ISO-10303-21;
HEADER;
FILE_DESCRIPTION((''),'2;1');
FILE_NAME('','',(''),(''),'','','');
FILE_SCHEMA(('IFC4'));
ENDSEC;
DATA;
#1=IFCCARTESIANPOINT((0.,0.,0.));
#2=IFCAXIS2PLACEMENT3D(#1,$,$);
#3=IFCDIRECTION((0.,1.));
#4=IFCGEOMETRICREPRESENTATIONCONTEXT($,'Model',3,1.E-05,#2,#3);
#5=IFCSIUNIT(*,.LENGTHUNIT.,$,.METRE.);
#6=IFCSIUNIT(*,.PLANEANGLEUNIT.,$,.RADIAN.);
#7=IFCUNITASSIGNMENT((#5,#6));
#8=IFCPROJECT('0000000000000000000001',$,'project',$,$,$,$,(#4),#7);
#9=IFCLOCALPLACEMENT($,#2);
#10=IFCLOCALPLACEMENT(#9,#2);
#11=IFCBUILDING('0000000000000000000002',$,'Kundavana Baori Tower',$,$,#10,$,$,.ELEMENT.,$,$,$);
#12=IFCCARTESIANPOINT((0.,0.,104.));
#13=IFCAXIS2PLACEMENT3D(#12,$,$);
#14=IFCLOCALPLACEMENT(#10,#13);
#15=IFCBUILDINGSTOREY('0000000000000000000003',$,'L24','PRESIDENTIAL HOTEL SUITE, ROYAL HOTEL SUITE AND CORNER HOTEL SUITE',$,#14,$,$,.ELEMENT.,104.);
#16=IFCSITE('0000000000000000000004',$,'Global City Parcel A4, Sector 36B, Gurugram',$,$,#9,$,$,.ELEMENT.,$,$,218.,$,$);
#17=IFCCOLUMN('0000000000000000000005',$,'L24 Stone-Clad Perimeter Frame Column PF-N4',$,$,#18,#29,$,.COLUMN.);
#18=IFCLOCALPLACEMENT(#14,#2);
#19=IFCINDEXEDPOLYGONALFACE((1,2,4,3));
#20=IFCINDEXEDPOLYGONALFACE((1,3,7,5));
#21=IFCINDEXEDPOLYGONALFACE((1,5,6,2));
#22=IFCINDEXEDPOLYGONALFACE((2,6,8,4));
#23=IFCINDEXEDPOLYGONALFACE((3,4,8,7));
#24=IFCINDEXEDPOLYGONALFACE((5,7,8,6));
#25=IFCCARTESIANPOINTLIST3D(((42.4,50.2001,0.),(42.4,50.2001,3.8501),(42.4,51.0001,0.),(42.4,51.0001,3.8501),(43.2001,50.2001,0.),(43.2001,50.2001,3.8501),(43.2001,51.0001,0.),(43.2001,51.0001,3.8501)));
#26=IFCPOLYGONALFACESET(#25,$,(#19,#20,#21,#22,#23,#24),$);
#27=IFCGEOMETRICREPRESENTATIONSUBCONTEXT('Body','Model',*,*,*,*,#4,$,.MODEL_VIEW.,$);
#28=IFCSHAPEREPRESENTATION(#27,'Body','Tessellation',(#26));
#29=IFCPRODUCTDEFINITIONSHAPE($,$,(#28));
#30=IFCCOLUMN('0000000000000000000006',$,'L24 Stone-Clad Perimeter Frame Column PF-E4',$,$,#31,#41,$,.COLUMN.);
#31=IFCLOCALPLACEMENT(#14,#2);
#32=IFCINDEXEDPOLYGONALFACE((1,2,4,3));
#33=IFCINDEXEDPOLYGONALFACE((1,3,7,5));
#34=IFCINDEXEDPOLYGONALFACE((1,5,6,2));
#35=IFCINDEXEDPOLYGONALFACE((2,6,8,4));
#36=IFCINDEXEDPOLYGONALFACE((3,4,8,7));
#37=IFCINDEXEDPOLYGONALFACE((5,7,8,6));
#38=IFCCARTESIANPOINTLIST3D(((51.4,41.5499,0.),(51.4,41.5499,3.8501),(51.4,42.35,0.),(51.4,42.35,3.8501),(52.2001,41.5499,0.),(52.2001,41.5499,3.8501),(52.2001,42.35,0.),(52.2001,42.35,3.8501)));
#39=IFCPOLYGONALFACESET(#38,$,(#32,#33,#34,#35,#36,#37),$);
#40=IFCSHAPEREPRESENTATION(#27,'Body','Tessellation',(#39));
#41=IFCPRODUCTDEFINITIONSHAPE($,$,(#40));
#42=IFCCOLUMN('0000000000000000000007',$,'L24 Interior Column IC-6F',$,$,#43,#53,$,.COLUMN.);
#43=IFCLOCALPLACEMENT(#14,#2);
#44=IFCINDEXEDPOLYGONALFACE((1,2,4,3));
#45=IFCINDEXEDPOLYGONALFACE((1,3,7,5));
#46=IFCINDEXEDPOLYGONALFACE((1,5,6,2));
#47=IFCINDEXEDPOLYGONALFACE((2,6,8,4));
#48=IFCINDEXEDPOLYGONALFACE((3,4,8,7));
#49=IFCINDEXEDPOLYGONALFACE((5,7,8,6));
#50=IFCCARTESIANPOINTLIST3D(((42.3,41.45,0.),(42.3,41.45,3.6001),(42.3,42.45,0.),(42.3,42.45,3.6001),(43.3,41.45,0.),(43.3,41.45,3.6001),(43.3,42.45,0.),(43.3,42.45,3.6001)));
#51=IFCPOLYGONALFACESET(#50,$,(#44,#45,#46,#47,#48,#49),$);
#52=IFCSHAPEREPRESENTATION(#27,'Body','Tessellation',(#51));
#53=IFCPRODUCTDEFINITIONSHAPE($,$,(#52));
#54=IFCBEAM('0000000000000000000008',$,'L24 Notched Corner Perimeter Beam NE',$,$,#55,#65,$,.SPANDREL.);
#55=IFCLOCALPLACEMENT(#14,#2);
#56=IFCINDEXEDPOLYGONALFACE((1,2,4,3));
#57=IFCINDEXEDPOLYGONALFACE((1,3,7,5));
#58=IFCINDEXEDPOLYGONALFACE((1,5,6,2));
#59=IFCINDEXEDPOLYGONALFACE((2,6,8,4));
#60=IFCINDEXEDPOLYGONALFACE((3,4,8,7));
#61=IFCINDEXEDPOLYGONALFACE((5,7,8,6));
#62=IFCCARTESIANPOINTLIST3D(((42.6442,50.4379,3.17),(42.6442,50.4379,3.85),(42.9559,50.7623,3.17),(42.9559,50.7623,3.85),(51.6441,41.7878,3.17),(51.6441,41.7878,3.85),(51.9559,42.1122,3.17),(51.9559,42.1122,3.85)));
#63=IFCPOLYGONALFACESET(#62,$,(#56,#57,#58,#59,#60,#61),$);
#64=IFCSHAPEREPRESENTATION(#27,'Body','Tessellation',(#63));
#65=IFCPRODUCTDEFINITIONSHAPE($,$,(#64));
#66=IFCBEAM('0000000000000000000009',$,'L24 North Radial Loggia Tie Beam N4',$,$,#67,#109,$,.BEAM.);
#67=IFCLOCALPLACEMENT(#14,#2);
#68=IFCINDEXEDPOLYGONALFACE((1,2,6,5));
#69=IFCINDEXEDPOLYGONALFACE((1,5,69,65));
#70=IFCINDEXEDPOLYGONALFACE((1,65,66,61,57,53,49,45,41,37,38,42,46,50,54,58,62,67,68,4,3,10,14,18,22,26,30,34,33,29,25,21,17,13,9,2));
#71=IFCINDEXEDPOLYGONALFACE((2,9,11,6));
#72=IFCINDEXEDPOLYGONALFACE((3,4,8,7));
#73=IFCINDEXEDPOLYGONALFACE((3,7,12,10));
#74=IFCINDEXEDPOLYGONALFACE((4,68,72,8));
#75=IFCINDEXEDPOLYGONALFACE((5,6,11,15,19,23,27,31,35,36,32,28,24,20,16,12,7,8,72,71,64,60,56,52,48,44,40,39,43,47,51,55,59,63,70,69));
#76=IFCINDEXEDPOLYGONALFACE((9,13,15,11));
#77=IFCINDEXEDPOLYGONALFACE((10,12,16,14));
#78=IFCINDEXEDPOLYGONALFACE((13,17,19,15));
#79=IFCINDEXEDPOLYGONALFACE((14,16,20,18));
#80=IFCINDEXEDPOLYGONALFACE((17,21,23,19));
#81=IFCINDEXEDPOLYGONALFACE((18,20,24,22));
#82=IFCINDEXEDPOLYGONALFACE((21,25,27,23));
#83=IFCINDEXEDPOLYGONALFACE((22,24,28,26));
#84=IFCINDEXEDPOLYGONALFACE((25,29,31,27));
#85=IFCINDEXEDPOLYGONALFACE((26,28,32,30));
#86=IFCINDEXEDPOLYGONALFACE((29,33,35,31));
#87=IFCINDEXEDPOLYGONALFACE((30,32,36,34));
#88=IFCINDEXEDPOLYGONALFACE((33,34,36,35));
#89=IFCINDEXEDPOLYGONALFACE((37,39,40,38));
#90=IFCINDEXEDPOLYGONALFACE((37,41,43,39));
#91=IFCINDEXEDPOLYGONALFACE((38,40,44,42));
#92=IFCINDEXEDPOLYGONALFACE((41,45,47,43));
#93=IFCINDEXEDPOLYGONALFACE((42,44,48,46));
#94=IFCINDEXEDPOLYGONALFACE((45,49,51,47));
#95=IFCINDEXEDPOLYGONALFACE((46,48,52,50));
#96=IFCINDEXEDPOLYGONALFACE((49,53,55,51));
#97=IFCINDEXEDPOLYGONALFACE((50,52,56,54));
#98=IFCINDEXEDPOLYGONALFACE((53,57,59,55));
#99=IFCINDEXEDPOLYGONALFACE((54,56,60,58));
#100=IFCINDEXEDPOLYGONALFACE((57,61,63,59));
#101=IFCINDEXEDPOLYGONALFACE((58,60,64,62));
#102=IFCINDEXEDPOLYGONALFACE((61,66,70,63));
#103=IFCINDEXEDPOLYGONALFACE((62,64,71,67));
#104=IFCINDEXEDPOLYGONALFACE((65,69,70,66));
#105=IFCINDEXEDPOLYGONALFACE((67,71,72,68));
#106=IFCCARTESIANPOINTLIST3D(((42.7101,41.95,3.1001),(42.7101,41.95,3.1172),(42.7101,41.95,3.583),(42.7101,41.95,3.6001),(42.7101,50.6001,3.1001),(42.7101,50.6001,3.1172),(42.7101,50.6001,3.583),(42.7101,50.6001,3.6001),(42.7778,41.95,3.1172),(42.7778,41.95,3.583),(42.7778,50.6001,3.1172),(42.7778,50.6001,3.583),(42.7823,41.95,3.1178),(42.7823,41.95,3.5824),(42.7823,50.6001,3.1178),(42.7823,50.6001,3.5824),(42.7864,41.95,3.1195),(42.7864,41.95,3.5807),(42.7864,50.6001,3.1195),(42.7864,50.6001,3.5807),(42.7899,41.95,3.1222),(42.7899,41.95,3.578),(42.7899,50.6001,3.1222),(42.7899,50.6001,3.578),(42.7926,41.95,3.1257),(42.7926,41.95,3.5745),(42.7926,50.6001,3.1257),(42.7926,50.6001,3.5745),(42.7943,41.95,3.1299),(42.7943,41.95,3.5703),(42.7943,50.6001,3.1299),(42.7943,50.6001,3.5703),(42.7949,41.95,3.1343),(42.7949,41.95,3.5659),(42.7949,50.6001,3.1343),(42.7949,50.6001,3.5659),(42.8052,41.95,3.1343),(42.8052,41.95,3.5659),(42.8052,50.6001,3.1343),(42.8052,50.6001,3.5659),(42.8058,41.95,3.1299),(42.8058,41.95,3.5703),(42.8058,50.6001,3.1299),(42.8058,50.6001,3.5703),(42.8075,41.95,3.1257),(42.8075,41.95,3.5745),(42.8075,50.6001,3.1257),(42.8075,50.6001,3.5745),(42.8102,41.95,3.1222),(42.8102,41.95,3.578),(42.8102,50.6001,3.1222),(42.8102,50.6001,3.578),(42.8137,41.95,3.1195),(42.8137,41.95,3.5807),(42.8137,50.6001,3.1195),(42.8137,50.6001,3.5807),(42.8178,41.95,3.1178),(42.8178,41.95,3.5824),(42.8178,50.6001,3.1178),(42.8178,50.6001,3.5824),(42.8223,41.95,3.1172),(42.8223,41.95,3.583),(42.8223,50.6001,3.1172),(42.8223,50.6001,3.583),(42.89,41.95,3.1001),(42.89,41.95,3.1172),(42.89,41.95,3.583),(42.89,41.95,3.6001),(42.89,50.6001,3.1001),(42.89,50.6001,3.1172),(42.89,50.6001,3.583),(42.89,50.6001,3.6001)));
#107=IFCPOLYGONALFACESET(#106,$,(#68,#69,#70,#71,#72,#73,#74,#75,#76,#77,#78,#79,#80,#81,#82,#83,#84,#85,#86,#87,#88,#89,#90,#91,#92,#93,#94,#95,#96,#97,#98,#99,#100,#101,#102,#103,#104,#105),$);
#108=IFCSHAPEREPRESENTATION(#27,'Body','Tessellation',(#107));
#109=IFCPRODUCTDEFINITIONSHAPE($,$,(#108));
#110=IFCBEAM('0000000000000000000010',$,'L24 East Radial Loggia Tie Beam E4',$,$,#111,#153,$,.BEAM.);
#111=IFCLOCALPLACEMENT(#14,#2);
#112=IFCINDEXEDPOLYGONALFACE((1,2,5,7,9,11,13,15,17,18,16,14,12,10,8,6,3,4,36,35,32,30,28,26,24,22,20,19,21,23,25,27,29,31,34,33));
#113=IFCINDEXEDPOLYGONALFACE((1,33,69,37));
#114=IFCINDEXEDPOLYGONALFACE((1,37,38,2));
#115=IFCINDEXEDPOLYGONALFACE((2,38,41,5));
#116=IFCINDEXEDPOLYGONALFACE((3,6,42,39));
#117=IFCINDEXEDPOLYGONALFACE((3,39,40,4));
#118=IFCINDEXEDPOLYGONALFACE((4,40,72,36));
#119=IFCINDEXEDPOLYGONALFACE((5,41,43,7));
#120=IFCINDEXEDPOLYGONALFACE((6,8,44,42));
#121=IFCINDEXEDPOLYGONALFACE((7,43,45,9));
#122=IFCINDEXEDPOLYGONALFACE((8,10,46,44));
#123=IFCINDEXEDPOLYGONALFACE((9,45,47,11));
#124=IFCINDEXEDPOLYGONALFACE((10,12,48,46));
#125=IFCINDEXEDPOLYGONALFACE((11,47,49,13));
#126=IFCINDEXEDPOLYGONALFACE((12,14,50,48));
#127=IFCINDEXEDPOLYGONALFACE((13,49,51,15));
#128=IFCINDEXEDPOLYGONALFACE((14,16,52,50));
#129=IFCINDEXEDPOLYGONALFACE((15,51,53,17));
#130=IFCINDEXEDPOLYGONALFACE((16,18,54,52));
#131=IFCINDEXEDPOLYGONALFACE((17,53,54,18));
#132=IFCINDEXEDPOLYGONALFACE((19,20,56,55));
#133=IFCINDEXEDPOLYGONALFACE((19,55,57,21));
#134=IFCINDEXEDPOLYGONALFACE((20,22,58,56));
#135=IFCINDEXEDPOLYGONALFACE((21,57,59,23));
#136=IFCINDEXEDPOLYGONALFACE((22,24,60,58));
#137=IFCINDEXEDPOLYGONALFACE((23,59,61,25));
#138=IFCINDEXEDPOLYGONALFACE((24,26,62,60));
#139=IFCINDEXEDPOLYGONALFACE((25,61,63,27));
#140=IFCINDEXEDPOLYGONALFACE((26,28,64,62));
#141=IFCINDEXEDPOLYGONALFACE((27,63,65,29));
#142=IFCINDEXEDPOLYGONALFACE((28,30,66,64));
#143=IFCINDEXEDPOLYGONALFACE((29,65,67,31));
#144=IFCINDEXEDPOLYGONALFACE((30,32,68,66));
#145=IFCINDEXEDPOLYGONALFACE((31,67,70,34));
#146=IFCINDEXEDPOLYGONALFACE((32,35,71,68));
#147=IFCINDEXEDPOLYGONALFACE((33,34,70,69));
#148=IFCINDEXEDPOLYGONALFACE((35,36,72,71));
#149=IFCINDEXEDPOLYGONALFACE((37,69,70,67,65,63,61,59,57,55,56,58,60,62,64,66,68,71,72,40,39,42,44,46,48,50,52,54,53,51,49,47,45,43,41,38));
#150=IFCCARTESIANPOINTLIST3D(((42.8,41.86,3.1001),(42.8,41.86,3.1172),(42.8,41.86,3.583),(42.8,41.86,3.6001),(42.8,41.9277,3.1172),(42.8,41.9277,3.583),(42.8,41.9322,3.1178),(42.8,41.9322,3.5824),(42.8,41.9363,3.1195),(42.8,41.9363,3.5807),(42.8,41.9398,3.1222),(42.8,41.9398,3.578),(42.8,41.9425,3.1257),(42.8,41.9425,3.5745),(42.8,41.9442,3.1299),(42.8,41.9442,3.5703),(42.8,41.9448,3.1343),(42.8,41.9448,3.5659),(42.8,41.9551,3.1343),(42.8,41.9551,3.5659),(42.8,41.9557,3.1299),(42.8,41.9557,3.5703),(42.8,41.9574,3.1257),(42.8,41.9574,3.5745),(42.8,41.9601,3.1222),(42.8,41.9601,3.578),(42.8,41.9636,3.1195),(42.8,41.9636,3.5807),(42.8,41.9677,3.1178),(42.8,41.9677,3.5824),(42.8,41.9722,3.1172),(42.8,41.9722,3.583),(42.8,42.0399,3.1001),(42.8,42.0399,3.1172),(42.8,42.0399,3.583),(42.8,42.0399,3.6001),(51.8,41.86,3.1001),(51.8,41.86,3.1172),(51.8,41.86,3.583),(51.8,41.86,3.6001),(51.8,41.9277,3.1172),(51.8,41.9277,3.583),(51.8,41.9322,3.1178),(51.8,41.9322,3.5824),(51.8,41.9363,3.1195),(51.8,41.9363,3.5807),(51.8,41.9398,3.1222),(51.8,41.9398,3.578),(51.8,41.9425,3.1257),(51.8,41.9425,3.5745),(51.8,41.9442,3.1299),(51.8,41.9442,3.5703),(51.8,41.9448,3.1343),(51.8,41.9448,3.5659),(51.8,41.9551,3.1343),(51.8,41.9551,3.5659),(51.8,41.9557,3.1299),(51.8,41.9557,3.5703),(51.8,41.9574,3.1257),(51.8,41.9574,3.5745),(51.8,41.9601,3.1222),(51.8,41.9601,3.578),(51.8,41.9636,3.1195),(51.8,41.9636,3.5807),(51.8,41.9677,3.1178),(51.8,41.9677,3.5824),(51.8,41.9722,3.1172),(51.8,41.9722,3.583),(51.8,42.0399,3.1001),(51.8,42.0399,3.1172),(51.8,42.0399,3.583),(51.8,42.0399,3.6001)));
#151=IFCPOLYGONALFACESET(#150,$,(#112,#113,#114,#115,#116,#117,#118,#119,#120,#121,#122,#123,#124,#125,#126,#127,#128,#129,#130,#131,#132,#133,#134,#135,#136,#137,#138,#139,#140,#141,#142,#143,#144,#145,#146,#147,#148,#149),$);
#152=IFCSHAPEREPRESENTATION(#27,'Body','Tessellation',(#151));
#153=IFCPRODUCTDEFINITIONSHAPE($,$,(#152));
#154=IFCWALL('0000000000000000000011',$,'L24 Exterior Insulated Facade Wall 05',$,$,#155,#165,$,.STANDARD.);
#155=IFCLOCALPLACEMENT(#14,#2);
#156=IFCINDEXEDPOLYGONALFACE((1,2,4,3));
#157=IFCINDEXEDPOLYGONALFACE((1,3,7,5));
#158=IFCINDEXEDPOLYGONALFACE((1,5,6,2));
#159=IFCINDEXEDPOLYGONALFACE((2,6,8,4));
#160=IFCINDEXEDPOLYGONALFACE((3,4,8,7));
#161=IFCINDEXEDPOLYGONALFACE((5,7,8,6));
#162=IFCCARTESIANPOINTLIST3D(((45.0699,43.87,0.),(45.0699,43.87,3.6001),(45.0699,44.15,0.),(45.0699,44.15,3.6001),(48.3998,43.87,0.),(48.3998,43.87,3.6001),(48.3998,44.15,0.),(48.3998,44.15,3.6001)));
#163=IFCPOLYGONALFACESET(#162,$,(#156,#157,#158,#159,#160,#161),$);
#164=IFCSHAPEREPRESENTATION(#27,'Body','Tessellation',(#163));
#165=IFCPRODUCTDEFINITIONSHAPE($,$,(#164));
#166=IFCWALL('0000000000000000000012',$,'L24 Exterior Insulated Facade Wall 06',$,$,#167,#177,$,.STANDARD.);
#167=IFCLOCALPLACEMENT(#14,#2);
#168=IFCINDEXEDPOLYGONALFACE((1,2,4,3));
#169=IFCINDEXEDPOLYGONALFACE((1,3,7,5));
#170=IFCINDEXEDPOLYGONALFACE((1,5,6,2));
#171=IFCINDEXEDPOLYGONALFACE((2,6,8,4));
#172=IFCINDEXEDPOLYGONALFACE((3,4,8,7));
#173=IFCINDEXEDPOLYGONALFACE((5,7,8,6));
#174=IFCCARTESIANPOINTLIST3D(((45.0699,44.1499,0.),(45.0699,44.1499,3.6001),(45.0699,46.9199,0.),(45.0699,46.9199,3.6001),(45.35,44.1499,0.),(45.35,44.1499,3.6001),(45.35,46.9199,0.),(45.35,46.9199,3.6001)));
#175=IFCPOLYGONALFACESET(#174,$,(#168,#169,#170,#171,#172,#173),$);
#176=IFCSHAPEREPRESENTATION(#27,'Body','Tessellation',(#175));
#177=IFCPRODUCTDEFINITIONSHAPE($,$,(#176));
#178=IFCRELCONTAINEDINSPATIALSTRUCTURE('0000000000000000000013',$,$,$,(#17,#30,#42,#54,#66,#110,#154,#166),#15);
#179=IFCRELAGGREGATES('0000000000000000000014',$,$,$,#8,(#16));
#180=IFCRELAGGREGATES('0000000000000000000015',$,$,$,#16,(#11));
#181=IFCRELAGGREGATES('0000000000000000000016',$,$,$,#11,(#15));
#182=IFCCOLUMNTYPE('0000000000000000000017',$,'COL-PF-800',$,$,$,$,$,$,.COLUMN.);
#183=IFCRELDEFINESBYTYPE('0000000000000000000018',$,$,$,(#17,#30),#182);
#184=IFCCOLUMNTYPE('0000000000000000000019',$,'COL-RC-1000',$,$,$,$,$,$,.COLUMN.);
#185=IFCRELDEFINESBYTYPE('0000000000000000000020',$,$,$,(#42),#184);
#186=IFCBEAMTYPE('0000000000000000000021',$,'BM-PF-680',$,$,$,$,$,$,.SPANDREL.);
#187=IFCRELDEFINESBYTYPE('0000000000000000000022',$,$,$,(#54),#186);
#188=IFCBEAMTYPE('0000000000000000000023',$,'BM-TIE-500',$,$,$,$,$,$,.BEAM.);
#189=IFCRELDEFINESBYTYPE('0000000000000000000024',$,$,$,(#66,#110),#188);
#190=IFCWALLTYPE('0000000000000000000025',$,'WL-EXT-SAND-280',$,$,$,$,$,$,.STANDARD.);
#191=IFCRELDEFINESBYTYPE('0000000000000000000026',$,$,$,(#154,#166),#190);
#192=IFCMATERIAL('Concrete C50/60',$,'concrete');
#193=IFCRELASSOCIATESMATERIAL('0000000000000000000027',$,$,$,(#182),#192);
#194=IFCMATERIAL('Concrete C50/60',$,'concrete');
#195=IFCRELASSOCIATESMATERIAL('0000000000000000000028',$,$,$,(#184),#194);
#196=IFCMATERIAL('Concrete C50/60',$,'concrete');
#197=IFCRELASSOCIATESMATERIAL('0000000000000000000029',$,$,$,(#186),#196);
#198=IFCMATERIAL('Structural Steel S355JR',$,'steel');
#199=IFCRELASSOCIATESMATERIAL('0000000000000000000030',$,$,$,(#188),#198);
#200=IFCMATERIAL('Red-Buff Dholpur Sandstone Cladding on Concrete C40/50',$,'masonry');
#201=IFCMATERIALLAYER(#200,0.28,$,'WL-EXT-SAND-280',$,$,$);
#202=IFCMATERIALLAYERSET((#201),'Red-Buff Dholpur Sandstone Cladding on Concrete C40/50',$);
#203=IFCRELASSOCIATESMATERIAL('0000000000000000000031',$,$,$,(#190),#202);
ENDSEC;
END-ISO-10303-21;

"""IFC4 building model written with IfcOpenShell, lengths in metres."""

from ifc_helpers import new_model, si_unit, direction, frame, frame_2d, origin, origin_2d, place, context, subcontext, project, spatial, rectangle, i_section, extrude, material, layer, layer_set, material_profile, profile_set, type_object, element, save


model = new_model("IFC4")

# Units and contexts
model_context = context("Model", 3, precision=1e-05, world=origin(), true_north=direction((0.0, 1.0)))
body_context = subcontext(model_context, "Body", "Model", "MODEL_VIEW")
ifc_project = project(units=[si_unit("LENGTHUNIT", "METRE"), si_unit("PLANEANGLEUNIT", "RADIAN")], contexts=[model_context])

# Site, building, storey
site_placement = place(None, origin())
site = spatial("IfcSite", under=ifc_project, at=site_placement, Name="Global City Parcel A4, Sector 36B, Gurugram", CompositionType="ELEMENT", RefElevation=218.0)
building_placement = place(site_placement, origin())
building = spatial("IfcBuilding", under=site, at=building_placement, Name="Kundavana Baori Tower", CompositionType="ELEMENT")
storey_placement = place(building_placement, frame((0.0, 0.0, 104.0)))
storey = spatial("IfcBuildingStorey", under=building, at=storey_placement, Name="L24", Description="PRESIDENTIAL HOTEL SUITE, ROYAL HOTEL SUITE AND CORNER HOTEL SUITE", CompositionType="ELEMENT", Elevation=104.0)

# Columns
ifc_material_1 = material(Name="Concrete C50/60", Category="concrete")
ifc_material_profile_1 = material_profile(ifc_material_1, rectangle(XDim=0.8, YDim=0.8, at=origin_2d()), Name="RC PF 800x800")
ifc_profile_set_1 = profile_set([ifc_material_profile_1], Name="Concrete C50/60")
column_type_1 = type_object("IfcColumnType", Name="COL-PF-800", PredefinedType="COLUMN", material=ifc_profile_set_1)
for number, where, z_axis, x_axis, name in (
    (1, (42.8, 50.6001, 0.0), (0.0, 0.0, 1.0), (1.0, 0.0, 0.0), "L24 Stone-Clad Perimeter Frame Column PF-N4"),
    (2, (51.8, 41.95, 0.0), (0.0, 0.0, 1.0), (1.0, 0.0, 0.0), "L24 Stone-Clad Perimeter Frame Column PF-E4"),
):
    element("IfcColumn", number, at=place(storey_placement, frame(where, z_axis=z_axis, x_axis=x_axis)), inside=storey, type_object=column_type_1, Name=name, PredefinedType="COLUMN", context=body_context, shape_type="SweptSolid", body=[
        extrude(rectangle(XDim=0.8, YDim=0.8, at=origin_2d()), origin(), (0.0, 0.0, 1.0), 3.8501),
    ])
ifc_material_2 = material(Name="Concrete C50/60", Category="concrete")
ifc_material_profile_2 = material_profile(ifc_material_2, rectangle(XDim=1.0, YDim=1.0, at=origin_2d()), Name="RC 1000x1000")
ifc_profile_set_2 = profile_set([ifc_material_profile_2], Name="Concrete C50/60")
column_type_2 = type_object("IfcColumnType", Name="COL-RC-1000", PredefinedType="COLUMN", material=ifc_profile_set_2)
column_placement = place(storey_placement, frame((42.8, 41.95, 0.0), z_axis=(0.0, 0.0, 1.0), x_axis=(1.0, 0.0, 0.0)))
element("IfcColumn", 3, at=column_placement, inside=storey, type_object=column_type_2, Name="L24 Interior Column IC-6F", PredefinedType="COLUMN", context=body_context, shape_type="SweptSolid", body=[
    extrude(rectangle(XDim=1.0, YDim=1.0, at=origin_2d()), origin(), (0.0, 0.0, 1.0), 3.6001),
])

# Beams
ifc_material_3 = material(Name="Concrete C50/60", Category="concrete")
ifc_material_profile_3 = material_profile(ifc_material_3, rectangle(XDim=0.45, YDim=0.6799, at=origin_2d()), Name="RC BM 450x680")
ifc_profile_set_3 = profile_set([ifc_material_profile_3], Name="Concrete C50/60")
beam_type_1 = type_object("IfcBeamType", Name="BM-PF-680", PredefinedType="SPANDREL", material=ifc_profile_set_3)
beam_1_placement = place(storey_placement, frame((42.8, 50.6001, 3.51), z_axis=(0.720981, -0.692955, 0.0), x_axis=(0.692955, 0.720981, 0.0)))
element("IfcBeam", 4, at=beam_1_placement, inside=storey, type_object=beam_type_1, Name="L24 Notched Corner Perimeter Beam NE", PredefinedType="SPANDREL", context=body_context, shape_type="SweptSolid", body=[
    extrude(rectangle(XDim=0.45, YDim=0.6799, at=origin_2d()), origin(), (0.0, 0.0, 1.0), 12.4829),
])
ifc_material_4 = material(Name="Structural Steel S355JR", Category="steel")
ifc_material_profile_4 = material_profile(ifc_material_4, i_section(OverallWidth=0.1799, OverallDepth=0.5, WebThickness=0.0103, FlangeThickness=0.0171, FilletRadius=0.0171, at=origin_2d()), Name="ISMB 500")
ifc_profile_set_4 = profile_set([ifc_material_profile_4], Name="Structural Steel S355JR")
beam_type_2 = type_object("IfcBeamType", Name="BM-TIE-500", PredefinedType="BEAM", material=ifc_profile_set_4)
beam_2_placement = place(storey_placement, frame((42.8, 41.95, 3.3501), z_axis=(0.0, 1.0, 0.0), x_axis=(-1.0, 0.0, 0.0)))
element("IfcBeam", 5, at=beam_2_placement, inside=storey, type_object=beam_type_2, Name="L24 North Radial Loggia Tie Beam N4", PredefinedType="BEAM", context=body_context, shape_type="SweptSolid", body=[
    extrude(i_section(OverallWidth=0.1799, OverallDepth=0.5, WebThickness=0.0103, FlangeThickness=0.0171, FilletRadius=0.0171, at=origin_2d()), origin(), (0.0, 0.0, 1.0), 8.6501),
])
beam_3_placement = place(storey_placement, frame((42.8, 41.95, 3.3501), z_axis=(1.0, 0.0, 0.0), x_axis=(0.0, 1.0, 0.0)))
element("IfcBeam", 6, at=beam_3_placement, inside=storey, type_object=beam_type_2, Name="L24 East Radial Loggia Tie Beam E4", PredefinedType="BEAM", context=body_context, shape_type="SweptSolid", body=[
    extrude(i_section(OverallWidth=0.1799, OverallDepth=0.5, WebThickness=0.0103, FlangeThickness=0.0171, FilletRadius=0.0171, at=origin_2d()), origin(), (0.0, 0.0, 1.0), 9.0),
])

# Walls
ifc_material_5 = material(Name="Red-Buff Dholpur Sandstone Cladding on Concrete C40/50", Category="masonry")
ifc_layer_1 = layer(ifc_material_5, 0.28, Name="WL-EXT-SAND-280")
ifc_layer_set_1 = layer_set([ifc_layer_1], Name="Red-Buff Dholpur Sandstone Cladding on Concrete C40/50")
wall_type_1 = type_object("IfcWallType", Name="WL-EXT-SAND-280", PredefinedType="STANDARD", material=ifc_layer_set_1)
wall_1_placement = place(storey_placement, frame((48.3999, 44.01, 0.0), z_axis=(0.0, 0.0, 1.0), x_axis=(-1.0, 0.0, 0.0)))
element("IfcWall", 7, at=wall_1_placement, inside=storey, type_object=wall_type_1, Name="L24 Exterior Insulated Facade Wall 05", PredefinedType="STANDARD", context=body_context, shape_type="SweptSolid", body=[
    extrude(rectangle(XDim=3.3298, YDim=0.28, at=frame_2d((1.665, 0.0))), origin(), (0.0, 0.0, 1.0), 3.6001),
])
wall_2_placement = place(storey_placement, frame((45.21, 44.1499, 0.0), z_axis=(0.0, 0.0, 1.0), x_axis=(0.0, 1.0, 0.0)))
element("IfcWall", 8, at=wall_2_placement, inside=storey, type_object=wall_type_1, Name="L24 Exterior Insulated Facade Wall 06", PredefinedType="STANDARD", context=body_context, shape_type="SweptSolid", body=[
    extrude(rectangle(XDim=2.77, YDim=0.28, at=frame_2d((1.385, 0.0))), origin(), (0.0, 0.0, 1.0), 3.6001),
])

save(model, "model.ifc")
